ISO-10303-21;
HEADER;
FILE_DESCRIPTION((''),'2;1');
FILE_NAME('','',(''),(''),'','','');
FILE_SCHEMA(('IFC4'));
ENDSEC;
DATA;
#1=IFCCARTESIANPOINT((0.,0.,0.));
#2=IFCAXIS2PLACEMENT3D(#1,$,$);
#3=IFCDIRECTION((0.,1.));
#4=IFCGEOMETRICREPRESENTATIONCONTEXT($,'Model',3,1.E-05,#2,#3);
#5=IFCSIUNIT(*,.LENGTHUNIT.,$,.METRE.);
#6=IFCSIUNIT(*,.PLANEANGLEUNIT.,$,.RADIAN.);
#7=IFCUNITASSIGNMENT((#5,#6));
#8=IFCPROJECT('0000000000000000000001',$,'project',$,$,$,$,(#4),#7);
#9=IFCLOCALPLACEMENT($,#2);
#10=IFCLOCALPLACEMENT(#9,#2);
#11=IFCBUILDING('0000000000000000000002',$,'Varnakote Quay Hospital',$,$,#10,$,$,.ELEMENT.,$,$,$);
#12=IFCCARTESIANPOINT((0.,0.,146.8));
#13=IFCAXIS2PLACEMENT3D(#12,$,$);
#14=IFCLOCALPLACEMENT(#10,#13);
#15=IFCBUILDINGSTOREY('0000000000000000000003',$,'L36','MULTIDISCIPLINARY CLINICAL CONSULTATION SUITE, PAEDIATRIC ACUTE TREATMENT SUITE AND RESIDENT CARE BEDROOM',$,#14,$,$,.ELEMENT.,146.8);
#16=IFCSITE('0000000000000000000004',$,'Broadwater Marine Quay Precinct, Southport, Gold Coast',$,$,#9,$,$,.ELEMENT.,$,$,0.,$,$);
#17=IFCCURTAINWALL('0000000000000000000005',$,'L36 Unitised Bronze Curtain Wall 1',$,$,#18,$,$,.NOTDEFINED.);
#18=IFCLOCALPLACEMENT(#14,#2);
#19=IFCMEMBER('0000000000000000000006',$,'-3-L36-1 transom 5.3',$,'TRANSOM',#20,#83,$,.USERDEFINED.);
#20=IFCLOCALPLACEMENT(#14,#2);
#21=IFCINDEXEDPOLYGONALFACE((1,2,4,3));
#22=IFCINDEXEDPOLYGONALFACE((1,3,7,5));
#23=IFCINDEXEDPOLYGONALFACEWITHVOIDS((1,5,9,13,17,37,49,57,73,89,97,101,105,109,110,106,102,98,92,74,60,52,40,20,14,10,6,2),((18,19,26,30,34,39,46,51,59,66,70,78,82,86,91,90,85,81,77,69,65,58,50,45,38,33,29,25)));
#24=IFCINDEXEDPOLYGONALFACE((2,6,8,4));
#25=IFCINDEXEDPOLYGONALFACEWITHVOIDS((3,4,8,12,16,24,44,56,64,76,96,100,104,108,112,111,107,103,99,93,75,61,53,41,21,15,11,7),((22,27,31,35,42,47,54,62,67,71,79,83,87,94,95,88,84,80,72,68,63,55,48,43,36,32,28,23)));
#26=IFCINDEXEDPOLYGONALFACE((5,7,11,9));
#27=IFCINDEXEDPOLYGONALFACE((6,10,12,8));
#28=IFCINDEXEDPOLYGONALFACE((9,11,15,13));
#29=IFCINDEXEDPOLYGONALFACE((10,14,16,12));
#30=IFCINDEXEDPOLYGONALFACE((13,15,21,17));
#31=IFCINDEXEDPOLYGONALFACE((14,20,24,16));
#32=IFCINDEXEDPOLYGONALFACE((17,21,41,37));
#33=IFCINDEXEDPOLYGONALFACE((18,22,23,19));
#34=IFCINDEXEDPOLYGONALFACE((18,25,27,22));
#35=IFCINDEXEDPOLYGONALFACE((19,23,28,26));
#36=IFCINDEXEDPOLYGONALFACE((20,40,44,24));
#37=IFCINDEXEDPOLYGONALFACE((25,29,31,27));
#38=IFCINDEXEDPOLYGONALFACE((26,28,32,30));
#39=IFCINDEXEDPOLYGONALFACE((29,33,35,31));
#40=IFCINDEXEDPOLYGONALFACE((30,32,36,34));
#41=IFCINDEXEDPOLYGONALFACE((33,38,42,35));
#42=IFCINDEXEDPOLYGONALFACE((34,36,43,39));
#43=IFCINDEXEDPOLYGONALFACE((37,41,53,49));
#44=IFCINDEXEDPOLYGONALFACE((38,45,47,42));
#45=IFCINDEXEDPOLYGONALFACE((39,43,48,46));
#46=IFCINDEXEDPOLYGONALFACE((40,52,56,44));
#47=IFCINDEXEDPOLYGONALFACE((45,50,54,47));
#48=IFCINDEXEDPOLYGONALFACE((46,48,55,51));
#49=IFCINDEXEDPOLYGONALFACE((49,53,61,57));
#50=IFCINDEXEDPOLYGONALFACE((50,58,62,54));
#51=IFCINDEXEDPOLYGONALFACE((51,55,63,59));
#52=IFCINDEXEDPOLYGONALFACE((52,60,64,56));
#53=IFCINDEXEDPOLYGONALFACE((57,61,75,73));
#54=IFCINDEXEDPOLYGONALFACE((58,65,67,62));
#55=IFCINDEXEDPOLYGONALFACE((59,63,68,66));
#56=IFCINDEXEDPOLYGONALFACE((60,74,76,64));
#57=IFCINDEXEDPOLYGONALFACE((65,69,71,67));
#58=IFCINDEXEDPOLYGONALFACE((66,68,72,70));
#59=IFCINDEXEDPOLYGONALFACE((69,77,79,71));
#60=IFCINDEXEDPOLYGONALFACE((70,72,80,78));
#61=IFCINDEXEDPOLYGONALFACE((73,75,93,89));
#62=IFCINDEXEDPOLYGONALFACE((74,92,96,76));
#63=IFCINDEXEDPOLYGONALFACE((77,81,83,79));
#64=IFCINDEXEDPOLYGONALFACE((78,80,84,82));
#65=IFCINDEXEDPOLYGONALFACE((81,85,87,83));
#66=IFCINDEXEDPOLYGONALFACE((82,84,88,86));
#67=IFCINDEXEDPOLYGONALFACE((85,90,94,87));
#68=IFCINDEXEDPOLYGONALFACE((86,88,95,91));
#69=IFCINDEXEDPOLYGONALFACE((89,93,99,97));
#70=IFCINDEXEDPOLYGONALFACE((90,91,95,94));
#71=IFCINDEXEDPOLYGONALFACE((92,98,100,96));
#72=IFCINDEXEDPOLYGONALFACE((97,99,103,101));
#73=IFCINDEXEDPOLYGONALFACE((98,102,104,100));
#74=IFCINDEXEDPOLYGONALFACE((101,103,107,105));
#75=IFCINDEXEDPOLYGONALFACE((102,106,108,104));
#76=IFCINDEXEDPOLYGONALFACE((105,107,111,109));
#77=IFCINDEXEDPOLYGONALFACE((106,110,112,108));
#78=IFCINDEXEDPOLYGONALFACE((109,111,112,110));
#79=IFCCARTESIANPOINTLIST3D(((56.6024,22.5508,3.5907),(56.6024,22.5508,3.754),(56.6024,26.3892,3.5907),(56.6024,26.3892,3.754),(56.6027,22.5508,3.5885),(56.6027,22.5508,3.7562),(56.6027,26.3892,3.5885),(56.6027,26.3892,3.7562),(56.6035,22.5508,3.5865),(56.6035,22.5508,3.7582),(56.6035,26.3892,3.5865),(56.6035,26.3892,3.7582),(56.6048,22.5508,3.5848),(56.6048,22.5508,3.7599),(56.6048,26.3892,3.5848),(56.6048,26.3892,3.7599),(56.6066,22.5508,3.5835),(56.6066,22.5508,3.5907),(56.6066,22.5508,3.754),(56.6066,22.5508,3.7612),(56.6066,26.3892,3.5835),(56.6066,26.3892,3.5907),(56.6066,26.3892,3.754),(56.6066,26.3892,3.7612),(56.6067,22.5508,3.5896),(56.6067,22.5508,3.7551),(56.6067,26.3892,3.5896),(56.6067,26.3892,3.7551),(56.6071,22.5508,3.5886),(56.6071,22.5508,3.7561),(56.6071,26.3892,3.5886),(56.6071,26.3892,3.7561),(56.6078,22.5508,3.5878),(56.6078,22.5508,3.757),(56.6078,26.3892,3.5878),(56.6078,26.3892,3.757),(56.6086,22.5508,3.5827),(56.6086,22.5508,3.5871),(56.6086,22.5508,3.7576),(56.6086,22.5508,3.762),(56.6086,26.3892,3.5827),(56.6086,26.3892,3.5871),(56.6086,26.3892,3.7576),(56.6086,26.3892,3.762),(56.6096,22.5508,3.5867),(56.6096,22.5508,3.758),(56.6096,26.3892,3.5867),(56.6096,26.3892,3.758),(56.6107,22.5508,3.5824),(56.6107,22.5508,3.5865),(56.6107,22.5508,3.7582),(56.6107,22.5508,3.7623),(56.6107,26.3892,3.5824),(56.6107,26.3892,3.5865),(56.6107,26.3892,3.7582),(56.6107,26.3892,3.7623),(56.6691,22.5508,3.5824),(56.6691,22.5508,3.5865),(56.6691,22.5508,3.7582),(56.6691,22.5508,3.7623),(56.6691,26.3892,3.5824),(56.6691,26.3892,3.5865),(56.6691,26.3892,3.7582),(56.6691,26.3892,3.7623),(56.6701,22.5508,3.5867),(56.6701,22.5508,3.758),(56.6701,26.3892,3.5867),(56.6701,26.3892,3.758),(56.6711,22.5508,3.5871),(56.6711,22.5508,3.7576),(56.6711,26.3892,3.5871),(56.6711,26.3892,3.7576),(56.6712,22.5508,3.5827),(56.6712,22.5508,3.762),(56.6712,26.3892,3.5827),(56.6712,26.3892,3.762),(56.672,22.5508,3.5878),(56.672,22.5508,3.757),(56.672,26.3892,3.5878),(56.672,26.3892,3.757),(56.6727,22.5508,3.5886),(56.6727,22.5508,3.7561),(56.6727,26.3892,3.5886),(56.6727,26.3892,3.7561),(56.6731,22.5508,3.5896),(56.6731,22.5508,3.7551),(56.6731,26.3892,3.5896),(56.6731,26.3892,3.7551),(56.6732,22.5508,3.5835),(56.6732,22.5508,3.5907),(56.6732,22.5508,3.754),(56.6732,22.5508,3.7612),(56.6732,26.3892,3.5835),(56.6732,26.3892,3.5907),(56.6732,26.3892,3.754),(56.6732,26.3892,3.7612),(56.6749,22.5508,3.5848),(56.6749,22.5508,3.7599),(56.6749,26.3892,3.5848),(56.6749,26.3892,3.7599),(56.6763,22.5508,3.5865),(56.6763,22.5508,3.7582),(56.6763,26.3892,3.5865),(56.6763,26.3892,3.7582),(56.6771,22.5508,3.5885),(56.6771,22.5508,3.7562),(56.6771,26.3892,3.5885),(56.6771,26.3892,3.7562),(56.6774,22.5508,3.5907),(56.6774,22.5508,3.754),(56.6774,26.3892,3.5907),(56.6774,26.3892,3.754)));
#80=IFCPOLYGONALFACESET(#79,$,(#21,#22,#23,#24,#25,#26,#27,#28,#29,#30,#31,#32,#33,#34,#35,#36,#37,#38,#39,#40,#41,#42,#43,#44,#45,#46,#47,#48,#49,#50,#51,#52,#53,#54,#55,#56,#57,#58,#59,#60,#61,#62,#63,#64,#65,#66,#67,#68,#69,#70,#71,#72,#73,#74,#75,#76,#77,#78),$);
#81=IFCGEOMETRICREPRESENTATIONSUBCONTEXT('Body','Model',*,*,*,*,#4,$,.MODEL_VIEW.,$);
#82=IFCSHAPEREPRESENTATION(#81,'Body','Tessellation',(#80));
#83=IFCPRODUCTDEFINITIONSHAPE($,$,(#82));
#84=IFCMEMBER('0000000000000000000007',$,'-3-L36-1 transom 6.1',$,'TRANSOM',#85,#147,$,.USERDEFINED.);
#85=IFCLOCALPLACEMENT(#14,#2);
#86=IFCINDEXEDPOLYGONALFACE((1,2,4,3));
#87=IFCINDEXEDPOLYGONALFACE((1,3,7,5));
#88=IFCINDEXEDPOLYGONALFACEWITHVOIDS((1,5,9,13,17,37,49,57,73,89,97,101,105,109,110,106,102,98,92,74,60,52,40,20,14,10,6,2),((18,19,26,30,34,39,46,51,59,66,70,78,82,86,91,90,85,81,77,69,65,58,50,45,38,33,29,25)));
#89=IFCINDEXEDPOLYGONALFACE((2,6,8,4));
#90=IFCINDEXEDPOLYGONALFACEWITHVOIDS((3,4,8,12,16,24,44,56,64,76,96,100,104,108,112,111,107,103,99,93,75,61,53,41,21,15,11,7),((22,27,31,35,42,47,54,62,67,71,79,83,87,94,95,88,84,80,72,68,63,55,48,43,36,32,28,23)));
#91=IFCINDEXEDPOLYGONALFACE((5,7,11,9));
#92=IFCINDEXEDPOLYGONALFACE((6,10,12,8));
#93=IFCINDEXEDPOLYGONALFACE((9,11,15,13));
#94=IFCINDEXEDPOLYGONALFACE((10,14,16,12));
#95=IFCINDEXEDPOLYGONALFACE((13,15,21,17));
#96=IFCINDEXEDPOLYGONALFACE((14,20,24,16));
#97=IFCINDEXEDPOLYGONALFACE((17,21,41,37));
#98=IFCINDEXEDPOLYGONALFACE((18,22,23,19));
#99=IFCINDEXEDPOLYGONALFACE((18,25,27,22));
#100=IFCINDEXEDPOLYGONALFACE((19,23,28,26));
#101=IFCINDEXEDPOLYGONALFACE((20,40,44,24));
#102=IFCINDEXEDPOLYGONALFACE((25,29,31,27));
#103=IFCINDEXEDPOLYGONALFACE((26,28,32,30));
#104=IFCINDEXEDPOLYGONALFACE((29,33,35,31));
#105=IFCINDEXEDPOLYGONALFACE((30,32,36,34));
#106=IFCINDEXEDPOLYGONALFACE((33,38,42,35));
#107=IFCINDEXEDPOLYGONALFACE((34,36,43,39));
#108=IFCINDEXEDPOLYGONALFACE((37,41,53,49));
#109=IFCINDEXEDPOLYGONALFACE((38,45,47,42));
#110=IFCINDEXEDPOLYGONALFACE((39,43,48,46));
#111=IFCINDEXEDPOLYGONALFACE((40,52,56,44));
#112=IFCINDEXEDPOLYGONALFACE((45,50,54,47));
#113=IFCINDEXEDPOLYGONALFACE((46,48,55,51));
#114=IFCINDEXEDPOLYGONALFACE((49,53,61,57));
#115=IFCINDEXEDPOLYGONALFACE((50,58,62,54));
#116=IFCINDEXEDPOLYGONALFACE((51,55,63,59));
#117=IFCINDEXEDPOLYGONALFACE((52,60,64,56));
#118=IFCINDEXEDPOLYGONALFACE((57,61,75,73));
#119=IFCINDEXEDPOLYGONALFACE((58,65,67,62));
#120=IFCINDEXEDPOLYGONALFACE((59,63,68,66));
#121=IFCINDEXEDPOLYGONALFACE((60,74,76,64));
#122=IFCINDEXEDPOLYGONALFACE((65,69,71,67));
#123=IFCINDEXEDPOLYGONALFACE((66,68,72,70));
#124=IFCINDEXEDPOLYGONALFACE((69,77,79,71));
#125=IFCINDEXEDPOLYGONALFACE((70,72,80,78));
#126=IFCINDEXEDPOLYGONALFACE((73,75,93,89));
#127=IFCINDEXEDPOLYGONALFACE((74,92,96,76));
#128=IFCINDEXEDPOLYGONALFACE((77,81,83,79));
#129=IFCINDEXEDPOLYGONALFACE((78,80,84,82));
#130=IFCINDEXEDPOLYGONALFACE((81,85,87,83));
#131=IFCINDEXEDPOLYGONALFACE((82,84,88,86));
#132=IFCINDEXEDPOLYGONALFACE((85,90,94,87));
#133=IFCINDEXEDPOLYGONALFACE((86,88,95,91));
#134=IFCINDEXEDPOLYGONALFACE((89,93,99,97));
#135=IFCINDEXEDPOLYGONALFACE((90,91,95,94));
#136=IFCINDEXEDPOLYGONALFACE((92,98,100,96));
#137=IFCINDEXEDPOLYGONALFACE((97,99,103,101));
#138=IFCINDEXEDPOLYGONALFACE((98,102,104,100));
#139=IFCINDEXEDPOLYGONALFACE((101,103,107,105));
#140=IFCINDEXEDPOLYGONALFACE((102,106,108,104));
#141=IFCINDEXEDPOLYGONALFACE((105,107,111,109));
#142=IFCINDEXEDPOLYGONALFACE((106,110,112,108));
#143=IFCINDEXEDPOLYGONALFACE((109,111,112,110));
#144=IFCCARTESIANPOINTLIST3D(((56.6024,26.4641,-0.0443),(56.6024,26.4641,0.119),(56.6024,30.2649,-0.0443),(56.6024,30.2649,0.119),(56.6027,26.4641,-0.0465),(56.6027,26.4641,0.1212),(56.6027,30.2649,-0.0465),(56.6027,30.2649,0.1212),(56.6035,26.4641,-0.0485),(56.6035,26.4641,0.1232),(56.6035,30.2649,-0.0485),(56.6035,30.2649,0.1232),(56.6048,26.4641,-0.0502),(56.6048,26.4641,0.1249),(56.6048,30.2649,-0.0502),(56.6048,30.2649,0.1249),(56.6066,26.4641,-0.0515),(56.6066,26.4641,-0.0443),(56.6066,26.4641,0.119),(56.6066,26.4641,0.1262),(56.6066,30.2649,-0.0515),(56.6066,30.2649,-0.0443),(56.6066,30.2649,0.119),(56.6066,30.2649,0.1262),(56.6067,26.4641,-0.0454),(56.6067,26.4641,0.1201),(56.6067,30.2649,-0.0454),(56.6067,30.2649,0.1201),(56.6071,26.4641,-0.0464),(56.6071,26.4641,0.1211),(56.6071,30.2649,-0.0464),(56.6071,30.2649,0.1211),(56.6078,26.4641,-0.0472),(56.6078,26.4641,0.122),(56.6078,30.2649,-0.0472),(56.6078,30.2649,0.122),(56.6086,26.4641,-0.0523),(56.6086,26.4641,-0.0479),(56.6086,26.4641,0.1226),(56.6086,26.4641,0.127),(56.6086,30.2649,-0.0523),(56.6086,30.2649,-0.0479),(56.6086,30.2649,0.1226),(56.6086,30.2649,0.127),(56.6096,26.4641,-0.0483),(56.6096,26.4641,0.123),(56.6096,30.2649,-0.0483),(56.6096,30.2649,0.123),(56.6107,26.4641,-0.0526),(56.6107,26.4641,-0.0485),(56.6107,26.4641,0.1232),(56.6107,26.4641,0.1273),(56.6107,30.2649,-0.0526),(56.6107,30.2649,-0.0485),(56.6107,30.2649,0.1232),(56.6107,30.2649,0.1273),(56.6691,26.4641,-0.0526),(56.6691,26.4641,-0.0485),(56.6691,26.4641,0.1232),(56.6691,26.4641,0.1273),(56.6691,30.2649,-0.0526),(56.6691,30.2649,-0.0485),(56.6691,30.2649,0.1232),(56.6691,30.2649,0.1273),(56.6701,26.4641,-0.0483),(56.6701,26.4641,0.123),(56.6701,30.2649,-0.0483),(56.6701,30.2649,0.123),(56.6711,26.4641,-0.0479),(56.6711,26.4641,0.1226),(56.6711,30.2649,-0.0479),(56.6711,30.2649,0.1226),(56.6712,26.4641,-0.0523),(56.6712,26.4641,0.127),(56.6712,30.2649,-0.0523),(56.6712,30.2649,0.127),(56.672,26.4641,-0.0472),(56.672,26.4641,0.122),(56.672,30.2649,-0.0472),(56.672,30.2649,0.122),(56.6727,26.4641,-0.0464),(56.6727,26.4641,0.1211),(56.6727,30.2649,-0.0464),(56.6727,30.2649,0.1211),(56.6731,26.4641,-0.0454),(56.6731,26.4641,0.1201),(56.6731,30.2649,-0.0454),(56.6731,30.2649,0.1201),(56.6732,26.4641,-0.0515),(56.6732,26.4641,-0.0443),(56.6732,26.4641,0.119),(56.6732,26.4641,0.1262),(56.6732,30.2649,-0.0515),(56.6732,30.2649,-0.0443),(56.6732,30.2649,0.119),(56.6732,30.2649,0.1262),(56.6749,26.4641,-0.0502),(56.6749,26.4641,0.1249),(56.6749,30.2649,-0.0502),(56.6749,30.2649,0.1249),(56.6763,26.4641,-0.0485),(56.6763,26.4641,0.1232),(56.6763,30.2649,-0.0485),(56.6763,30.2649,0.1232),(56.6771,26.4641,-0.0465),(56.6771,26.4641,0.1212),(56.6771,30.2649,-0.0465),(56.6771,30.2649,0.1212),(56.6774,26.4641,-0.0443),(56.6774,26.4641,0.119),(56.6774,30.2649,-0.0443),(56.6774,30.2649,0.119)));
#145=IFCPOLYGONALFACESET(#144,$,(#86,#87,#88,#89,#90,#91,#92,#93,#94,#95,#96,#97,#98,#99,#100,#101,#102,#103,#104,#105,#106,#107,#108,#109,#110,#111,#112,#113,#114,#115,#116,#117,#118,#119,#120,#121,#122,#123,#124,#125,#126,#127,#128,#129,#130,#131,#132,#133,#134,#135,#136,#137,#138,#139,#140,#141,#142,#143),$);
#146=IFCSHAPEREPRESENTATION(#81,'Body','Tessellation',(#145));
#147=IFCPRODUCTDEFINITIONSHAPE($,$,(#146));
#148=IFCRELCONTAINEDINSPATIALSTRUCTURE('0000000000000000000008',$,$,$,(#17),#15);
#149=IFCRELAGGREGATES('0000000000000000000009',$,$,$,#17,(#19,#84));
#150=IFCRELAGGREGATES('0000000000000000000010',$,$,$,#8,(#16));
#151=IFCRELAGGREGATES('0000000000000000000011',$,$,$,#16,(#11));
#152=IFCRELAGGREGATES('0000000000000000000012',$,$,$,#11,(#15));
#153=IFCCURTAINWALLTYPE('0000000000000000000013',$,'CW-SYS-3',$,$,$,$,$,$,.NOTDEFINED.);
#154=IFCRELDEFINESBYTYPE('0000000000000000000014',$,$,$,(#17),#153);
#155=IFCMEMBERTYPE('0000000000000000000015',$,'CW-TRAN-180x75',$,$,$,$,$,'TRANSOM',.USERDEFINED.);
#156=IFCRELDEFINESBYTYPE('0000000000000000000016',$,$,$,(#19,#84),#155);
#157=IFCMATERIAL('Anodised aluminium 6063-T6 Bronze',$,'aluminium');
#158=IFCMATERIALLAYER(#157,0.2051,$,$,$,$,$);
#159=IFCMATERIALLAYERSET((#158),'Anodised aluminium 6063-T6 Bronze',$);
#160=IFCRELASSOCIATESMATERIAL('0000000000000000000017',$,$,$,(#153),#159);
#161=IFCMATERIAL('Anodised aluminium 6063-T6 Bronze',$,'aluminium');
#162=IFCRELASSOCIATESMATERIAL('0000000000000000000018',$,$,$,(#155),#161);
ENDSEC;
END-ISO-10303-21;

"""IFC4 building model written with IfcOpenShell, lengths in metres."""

from ifc_helpers import new_model, si_unit, direction, frame, origin, origin_2d, place, context, subcontext, project, spatial, hollow_rectangle, extrude, material, layer, layer_set, material_profile, profile_set, type_object, element, aggregate, save


model = new_model("IFC4")

# Units and contexts
model_context = context("Model", 3, precision=1e-05, world=origin(), true_north=direction((0.0, 1.0)))
body_context = subcontext(model_context, "Body", "Model", "MODEL_VIEW")
ifc_project = project(units=[si_unit("LENGTHUNIT", "METRE"), si_unit("PLANEANGLEUNIT", "RADIAN")], contexts=[model_context])

# Site, building, storey
site_placement = place(None, origin())
site = spatial("IfcSite", under=ifc_project, at=site_placement, Name="Broadwater Marine Quay Precinct, Southport, Gold Coast", CompositionType="ELEMENT", RefElevation=0.0)
building_placement = place(site_placement, origin())
building = spatial("IfcBuilding", under=site, at=building_placement, Name="Varnakote Quay Hospital", CompositionType="ELEMENT")
storey_placement = place(building_placement, frame((0.0, 0.0, 146.8)))
storey = spatial("IfcBuildingStorey", under=building, at=storey_placement, Name="L36", Description="MULTIDISCIPLINARY CLINICAL CONSULTATION SUITE, PAEDIATRIC ACUTE TREATMENT SUITE AND RESIDENT CARE BEDROOM", CompositionType="ELEMENT", Elevation=146.8)

# Curtain wall, members
ifc_material_1 = material(Name="Anodised aluminium 6063-T6 Bronze", Category="aluminium")
ifc_layer_1 = layer(ifc_material_1, 0.2051)
ifc_layer_set_1 = layer_set([ifc_layer_1], Name="Anodised aluminium 6063-T6 Bronze")
curtain_wall_type = type_object("IfcCurtainWallType", Name="CW-SYS-3", PredefinedType="NOTDEFINED", material=ifc_layer_set_1)
curtain_wall_placement = place(storey_placement, origin())
curtain_wall = element("IfcCurtainWall", 1, at=curtain_wall_placement, inside=storey, type_object=curtain_wall_type, Name="L36 Unitised Bronze Curtain Wall 1", PredefinedType="NOTDEFINED")
ifc_material_2 = material(Name="Anodised aluminium 6063-T6 Bronze", Category="aluminium")
ifc_material_profile_1 = material_profile(ifc_material_2, hollow_rectangle(XDim=0.075, YDim=0.1799, WallThickness=0.0042, InnerFilletRadius=0.0042, OuterFilletRadius=0.0083, at=origin_2d()), Name="CW-TRAN-180x75")
ifc_profile_set_1 = profile_set([ifc_material_profile_1], Name="Anodised aluminium 6063-T6 Bronze")
member_type_1 = type_object("IfcMemberType", Name="CW-TRAN-180x75", ElementType="TRANSOM", PredefinedType="USERDEFINED", material=ifc_profile_set_1)
member_1_placement = place(storey_placement, frame((56.6399, 22.5508, 3.6724), z_axis=(0.0, 1.0, 0.0), x_axis=(-1.0, 0.0, 0.0)))
member_1 = element("IfcMember", 2, at=member_1_placement, type_object=member_type_1, Name="-3-L36-1 transom 5.3", ObjectType="TRANSOM", PredefinedType="USERDEFINED", context=body_context, shape_type="SweptSolid", body=[
    extrude(hollow_rectangle(XDim=0.075, YDim=0.1799, WallThickness=0.0042, InnerFilletRadius=0.0042, OuterFilletRadius=0.0083, at=origin_2d()), origin(), (0.0, 0.0, 1.0), 3.8384),
])
member_2_placement = place(storey_placement, frame((56.6399, 26.4641, 0.0374), z_axis=(0.0, 1.0, 0.0), x_axis=(-1.0, 0.0, 0.0)))
member_2 = element("IfcMember", 3, at=member_2_placement, type_object=member_type_1, Name="-3-L36-1 transom 6.1", ObjectType="TRANSOM", PredefinedType="USERDEFINED", context=body_context, shape_type="SweptSolid", body=[
    extrude(hollow_rectangle(XDim=0.075, YDim=0.1799, WallThickness=0.0042, InnerFilletRadius=0.0042, OuterFilletRadius=0.0083, at=origin_2d()), origin(), (0.0, 0.0, 1.0), 3.8008),
])
aggregate(curtain_wall, [member_1, member_2])

save(model, "model.ifc")
